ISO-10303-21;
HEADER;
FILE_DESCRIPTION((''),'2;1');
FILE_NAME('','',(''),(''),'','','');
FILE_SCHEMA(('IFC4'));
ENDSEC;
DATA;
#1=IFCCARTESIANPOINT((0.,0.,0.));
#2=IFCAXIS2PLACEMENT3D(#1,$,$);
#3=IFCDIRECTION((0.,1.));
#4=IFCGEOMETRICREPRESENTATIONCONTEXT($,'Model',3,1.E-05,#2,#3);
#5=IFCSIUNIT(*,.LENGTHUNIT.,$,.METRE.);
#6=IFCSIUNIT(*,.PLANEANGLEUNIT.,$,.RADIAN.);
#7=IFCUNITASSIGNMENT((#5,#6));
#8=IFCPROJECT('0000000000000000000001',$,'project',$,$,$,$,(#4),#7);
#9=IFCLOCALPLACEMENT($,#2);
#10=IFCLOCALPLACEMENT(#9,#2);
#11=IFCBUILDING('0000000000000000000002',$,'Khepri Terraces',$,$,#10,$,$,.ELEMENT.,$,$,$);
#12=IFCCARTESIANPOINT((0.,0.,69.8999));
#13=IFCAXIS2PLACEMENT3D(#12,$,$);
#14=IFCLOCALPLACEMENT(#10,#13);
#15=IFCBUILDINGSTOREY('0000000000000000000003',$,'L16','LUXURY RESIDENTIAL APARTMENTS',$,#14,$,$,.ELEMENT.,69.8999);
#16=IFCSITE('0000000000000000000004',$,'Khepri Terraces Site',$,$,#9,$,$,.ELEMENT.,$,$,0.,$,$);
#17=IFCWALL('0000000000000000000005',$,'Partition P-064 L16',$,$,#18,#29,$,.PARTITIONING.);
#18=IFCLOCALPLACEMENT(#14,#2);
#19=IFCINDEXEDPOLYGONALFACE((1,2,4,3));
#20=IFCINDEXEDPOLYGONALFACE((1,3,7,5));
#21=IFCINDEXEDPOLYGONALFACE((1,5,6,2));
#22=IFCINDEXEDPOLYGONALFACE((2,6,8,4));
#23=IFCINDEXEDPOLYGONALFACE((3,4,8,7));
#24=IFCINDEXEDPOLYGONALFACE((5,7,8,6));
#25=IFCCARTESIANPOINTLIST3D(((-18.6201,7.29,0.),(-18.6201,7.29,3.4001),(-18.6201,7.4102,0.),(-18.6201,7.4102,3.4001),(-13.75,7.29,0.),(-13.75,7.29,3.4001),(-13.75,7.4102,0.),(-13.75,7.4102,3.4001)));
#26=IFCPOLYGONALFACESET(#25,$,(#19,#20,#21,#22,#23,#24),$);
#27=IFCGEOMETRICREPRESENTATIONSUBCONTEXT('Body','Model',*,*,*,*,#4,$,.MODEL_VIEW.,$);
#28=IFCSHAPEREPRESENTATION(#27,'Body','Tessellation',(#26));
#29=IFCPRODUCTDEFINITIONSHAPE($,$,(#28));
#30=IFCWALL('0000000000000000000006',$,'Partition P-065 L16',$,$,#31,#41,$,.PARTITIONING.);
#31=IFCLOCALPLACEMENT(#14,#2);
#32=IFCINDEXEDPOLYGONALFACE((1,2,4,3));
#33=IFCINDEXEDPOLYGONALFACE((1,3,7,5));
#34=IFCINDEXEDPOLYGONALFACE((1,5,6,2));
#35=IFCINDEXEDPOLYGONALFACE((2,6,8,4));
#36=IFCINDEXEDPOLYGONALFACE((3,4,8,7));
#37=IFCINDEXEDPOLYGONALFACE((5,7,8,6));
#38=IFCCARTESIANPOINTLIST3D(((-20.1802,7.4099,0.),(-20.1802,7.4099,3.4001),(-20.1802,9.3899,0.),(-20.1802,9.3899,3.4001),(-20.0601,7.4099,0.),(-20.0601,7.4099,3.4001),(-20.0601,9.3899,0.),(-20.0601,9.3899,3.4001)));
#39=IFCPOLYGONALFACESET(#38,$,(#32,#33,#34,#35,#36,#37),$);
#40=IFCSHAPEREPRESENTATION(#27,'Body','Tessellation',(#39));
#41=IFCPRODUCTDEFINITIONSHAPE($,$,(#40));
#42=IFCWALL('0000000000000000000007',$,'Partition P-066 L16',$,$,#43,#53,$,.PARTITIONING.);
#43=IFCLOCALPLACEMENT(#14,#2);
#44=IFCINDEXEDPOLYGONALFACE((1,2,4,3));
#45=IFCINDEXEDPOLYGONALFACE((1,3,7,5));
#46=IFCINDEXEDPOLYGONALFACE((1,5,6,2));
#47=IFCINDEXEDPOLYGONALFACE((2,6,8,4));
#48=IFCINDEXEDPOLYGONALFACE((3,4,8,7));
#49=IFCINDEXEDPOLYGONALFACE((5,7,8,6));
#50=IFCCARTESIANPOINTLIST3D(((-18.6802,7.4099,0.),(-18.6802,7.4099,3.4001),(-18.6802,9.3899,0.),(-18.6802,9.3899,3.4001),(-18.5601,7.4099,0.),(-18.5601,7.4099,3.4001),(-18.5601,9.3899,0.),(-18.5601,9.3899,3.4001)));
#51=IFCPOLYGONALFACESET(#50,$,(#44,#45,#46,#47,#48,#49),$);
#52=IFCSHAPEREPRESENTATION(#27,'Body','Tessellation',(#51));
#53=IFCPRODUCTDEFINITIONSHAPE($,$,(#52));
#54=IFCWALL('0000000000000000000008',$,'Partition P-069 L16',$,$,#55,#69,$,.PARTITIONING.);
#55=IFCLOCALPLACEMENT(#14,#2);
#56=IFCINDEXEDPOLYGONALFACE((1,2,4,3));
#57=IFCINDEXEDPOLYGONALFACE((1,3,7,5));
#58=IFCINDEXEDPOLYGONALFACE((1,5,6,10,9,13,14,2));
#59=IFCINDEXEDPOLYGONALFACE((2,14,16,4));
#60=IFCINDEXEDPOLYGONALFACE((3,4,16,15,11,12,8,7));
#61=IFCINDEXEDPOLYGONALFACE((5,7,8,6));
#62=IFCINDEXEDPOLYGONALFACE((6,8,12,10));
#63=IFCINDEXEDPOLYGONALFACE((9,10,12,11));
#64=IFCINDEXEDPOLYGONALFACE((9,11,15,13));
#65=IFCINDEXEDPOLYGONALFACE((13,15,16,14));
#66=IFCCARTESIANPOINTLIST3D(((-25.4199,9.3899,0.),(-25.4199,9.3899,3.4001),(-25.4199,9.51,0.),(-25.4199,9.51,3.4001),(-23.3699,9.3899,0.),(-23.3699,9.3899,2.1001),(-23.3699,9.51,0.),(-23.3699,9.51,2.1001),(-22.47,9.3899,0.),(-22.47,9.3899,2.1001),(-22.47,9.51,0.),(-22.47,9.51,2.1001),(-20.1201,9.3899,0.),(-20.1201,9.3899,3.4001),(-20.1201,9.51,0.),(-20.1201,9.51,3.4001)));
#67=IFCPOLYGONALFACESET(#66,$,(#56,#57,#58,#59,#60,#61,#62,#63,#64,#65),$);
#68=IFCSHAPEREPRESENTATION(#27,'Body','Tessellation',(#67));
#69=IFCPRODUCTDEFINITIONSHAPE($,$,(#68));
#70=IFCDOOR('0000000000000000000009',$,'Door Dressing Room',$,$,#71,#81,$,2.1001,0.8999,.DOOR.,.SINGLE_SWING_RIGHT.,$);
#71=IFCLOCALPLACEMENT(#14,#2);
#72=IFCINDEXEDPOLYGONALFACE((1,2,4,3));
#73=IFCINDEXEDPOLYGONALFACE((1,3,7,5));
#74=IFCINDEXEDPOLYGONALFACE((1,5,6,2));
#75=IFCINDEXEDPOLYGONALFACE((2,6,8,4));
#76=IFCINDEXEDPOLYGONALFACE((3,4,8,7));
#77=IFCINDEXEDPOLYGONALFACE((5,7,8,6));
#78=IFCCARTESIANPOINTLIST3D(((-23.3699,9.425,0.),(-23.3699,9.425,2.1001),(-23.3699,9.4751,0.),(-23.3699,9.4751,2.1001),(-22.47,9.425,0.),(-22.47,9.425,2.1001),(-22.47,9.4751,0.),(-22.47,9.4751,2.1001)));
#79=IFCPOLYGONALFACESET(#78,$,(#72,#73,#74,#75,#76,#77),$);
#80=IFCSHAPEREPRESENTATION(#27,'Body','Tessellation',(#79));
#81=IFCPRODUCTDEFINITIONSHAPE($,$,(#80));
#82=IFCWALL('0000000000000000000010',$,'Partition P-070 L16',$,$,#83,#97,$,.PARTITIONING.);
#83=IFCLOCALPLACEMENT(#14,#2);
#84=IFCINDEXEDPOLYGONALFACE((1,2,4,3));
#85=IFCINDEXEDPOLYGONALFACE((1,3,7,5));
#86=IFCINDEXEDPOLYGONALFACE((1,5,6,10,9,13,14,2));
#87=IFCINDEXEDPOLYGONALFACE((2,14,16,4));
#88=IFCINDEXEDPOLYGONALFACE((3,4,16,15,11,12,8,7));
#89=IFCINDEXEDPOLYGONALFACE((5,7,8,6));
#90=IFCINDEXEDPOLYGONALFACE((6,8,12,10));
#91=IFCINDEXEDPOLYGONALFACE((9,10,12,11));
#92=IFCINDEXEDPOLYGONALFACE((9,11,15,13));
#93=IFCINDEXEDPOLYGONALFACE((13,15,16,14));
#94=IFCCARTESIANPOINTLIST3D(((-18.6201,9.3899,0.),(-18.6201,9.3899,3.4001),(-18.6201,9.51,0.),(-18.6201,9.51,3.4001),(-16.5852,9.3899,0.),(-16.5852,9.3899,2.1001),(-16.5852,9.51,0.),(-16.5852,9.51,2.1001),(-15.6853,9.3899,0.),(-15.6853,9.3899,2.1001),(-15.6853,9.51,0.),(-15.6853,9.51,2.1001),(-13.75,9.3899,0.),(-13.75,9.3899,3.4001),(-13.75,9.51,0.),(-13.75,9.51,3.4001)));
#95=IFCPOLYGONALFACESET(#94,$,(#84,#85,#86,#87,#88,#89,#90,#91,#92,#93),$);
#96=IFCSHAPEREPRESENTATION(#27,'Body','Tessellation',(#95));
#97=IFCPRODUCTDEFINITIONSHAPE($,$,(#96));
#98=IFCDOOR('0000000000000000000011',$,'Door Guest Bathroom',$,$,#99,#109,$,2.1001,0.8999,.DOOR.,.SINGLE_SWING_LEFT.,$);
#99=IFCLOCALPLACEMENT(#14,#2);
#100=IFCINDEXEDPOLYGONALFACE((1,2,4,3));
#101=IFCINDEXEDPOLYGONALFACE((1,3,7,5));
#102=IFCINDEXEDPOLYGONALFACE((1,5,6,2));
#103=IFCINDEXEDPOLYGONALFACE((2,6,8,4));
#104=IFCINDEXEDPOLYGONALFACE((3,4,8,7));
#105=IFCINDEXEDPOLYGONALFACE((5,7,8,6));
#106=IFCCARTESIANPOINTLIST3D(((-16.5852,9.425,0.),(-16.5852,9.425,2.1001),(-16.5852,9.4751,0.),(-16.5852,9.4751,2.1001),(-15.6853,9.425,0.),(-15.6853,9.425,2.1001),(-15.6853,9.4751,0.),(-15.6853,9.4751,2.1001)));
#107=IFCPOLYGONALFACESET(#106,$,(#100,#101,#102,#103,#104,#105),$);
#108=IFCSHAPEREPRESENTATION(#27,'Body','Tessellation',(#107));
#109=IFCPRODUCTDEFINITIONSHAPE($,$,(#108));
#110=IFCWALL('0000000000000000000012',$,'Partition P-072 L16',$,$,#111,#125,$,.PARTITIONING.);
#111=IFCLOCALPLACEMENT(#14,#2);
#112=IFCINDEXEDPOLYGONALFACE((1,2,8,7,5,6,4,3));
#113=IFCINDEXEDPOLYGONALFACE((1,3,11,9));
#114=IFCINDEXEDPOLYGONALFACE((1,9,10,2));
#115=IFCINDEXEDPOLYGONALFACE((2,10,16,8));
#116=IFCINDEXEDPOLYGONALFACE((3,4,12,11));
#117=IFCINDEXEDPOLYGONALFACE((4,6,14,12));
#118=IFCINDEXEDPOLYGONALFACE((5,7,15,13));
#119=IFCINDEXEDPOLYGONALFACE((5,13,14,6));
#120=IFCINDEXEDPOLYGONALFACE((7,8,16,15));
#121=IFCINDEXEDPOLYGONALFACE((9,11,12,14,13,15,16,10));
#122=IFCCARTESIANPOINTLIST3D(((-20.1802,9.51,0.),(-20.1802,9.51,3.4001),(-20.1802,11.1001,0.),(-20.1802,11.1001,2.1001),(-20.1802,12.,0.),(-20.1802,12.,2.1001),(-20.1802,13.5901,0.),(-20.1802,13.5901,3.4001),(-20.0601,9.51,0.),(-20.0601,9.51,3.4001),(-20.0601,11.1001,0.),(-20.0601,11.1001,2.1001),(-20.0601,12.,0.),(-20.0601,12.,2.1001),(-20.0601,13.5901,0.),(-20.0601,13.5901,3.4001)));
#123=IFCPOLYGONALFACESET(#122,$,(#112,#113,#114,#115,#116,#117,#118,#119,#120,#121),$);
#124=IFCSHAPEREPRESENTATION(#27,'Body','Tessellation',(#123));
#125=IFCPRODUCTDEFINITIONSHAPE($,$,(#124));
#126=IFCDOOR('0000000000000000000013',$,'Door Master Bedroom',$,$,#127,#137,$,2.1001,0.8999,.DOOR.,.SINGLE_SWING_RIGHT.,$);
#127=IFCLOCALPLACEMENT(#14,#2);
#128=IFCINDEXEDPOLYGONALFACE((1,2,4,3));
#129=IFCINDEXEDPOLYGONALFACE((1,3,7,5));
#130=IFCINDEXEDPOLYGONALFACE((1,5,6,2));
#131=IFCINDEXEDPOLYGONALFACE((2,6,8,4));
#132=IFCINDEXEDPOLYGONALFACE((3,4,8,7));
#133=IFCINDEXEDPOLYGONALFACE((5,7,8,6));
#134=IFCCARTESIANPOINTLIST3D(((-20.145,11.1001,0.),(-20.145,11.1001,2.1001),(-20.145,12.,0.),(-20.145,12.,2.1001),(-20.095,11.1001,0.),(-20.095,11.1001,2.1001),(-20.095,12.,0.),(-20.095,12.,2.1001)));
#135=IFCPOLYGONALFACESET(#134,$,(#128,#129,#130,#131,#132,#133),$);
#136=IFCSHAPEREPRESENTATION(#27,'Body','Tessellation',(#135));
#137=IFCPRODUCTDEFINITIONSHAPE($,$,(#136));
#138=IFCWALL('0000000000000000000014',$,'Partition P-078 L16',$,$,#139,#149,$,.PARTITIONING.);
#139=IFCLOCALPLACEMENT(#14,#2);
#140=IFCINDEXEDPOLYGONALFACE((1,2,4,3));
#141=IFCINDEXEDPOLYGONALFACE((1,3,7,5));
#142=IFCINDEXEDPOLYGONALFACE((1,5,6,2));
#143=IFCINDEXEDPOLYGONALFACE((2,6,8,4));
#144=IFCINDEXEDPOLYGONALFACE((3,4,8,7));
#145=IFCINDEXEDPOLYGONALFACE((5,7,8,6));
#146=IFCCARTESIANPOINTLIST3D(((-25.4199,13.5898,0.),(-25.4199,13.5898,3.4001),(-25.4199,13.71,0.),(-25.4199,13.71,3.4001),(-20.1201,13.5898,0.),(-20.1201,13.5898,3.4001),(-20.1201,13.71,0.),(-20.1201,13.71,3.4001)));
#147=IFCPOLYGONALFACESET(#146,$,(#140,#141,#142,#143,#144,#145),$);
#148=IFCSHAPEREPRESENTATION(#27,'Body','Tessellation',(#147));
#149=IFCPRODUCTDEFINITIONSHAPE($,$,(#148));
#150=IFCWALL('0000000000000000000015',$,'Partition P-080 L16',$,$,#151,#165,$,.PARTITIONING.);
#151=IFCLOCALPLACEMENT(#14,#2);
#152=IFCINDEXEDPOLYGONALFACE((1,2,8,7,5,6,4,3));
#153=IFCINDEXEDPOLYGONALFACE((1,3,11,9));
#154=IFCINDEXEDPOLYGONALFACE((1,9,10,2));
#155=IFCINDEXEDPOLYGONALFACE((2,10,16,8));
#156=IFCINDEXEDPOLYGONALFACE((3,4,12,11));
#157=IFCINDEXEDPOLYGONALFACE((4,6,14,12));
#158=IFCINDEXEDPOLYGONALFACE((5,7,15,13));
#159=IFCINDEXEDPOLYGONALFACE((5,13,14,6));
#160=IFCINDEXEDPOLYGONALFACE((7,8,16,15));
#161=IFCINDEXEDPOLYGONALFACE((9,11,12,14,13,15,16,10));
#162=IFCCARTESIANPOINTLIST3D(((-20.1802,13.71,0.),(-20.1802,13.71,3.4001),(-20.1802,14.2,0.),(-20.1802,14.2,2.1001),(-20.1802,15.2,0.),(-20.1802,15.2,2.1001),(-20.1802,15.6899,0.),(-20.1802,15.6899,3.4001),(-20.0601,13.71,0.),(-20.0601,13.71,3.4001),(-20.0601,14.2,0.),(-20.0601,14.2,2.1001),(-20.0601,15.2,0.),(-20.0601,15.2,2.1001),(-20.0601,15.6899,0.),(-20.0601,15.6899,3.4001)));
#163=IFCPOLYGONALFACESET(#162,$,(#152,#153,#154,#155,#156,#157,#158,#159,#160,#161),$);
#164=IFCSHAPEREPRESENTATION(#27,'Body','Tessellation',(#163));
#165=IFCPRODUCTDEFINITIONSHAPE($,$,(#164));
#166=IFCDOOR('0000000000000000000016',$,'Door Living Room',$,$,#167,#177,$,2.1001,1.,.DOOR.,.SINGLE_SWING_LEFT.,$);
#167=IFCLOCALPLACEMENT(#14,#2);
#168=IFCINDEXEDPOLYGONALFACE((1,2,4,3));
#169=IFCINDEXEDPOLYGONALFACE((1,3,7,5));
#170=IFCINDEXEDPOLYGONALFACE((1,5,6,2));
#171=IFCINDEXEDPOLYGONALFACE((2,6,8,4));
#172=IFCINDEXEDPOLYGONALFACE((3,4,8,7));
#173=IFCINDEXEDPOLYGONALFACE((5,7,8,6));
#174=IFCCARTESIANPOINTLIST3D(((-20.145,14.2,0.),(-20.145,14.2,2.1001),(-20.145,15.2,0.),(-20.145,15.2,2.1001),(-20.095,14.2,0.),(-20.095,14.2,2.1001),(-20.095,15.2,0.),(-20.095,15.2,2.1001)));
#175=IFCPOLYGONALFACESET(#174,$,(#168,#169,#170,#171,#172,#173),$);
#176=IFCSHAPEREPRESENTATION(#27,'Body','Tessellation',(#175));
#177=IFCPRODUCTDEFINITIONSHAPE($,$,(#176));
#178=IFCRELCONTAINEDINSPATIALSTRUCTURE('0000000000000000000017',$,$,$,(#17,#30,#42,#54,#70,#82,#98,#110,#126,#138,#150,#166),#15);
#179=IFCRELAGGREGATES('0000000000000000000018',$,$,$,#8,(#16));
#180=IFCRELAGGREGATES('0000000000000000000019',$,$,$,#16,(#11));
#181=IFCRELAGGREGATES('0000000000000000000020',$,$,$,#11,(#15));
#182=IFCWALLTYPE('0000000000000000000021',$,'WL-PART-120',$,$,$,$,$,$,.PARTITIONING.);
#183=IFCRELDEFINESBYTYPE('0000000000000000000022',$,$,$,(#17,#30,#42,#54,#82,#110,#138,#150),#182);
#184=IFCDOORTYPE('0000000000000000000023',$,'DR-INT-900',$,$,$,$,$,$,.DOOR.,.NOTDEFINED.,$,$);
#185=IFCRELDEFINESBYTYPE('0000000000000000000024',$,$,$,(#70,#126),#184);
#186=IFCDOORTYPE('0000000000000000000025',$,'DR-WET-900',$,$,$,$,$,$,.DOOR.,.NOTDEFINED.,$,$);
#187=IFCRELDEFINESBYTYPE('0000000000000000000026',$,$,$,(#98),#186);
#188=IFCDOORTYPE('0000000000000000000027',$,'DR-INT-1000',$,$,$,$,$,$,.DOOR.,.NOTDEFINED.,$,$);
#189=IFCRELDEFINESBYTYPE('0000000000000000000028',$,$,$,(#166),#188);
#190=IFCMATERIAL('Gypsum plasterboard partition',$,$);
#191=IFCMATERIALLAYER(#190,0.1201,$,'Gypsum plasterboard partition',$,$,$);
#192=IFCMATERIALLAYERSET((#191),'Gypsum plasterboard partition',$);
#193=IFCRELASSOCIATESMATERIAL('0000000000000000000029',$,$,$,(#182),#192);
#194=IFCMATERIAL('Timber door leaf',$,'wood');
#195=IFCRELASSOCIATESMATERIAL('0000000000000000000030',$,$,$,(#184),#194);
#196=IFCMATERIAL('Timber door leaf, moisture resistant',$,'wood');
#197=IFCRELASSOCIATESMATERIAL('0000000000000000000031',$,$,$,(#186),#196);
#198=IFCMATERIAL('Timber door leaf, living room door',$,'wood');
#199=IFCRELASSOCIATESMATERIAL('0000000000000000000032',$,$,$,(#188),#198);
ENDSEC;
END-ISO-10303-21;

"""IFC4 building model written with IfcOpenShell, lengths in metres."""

from ifc_helpers import new_model, si_unit, direction, frame, frame_2d, origin, place, context, subcontext, project, spatial, rectangle, extrude, material, layer, layer_set, type_object, element, fill, save


model = new_model("IFC4")

# Units and contexts
model_context = context("Model", 3, precision=1e-05, world=origin(), true_north=direction((0.0, 1.0)))
body_context = subcontext(model_context, "Body", "Model", "MODEL_VIEW")
ifc_project = project(units=[si_unit("LENGTHUNIT", "METRE"), si_unit("PLANEANGLEUNIT", "RADIAN")], contexts=[model_context])

# Site, building, storey
site_placement = place(None, origin())
site = spatial("IfcSite", under=ifc_project, at=site_placement, Name="Khepri Terraces Site", CompositionType="ELEMENT", RefElevation=0.0)
building_placement = place(site_placement, origin())
building = spatial("IfcBuilding", under=site, at=building_placement, Name="Khepri Terraces", CompositionType="ELEMENT")
storey_placement = place(building_placement, frame((0.0, 0.0, 69.8999)))
storey = spatial("IfcBuildingStorey", under=building, at=storey_placement, Name="L16", Description="LUXURY RESIDENTIAL APARTMENTS", CompositionType="ELEMENT", Elevation=69.8999)

# Shared definitions
ifc_material_1 = material(Name="Gypsum plasterboard partition")
ifc_layer_1 = layer(ifc_material_1, 0.1201, Name="Gypsum plasterboard partition")
ifc_layer_set_1 = layer_set([ifc_layer_1], Name="Gypsum plasterboard partition")
wall_type_1 = type_object("IfcWallType", Name="WL-PART-120", PredefinedType="PARTITIONING", material=ifc_layer_set_1)

# Shared definitions
ifc_material_2 = material(Name="Timber door leaf", Category="wood")
door_type_1 = type_object("IfcDoorType", Name="DR-INT-900", OperationType="NOTDEFINED", PredefinedType="DOOR", material=ifc_material_2)
ifc_material_3 = material(Name="Timber door leaf, moisture resistant", Category="wood")
door_type_2 = type_object("IfcDoorType", Name="DR-WET-900", OperationType="NOTDEFINED", PredefinedType="DOOR", material=ifc_material_3)

# Walls
wall_1_placement = place(storey_placement, frame((-18.6201, 7.3501, 0.0), z_axis=(0.0, 0.0, 1.0), x_axis=(1.0, 0.0, 0.0)))
element("IfcWall", 1, at=wall_1_placement, inside=storey, type_object=wall_type_1, Name="Partition P-064 L16", PredefinedType="PARTITIONING", context=body_context, shape_type="SweptSolid", body=[
    extrude(rectangle(XDim=4.8701, YDim=0.1201, at=frame_2d((2.4351, 0.0))), origin(), (0.0, 0.0, 1.0), 3.4001),
])
for number, where, z_axis, x_axis, name in (
    (2, (-20.1201, 7.4099, 0.0), (0.0, 0.0, 1.0), (0.0, 1.0, 0.0), "Partition P-065 L16"),
    (3, (-18.6201, 7.4099, 0.0), (0.0, 0.0, 1.0), (0.0, 1.0, 0.0), "Partition P-066 L16"),
):
    element("IfcWall", number, at=place(storey_placement, frame(where, z_axis=z_axis, x_axis=x_axis)), inside=storey, type_object=wall_type_1, Name=name, PredefinedType="PARTITIONING", context=body_context, shape_type="SweptSolid", body=[
        extrude(rectangle(XDim=1.98, YDim=0.1201, at=frame_2d((0.99, 0.0))), origin(), (0.0, 0.0, 1.0), 3.4001),
    ])

# Walls, openings, doors
wall_2_placement = place(storey_placement, frame((-25.4199, 9.45, 0.0), z_axis=(0.0, 0.0, 1.0), x_axis=(1.0, 0.0, 0.0)))
wall_2 = element("IfcWall", 4, at=wall_2_placement, inside=storey, type_object=wall_type_1, Name="Partition P-069 L16", PredefinedType="PARTITIONING", context=body_context, shape_type="SweptSolid", body=[
    extrude(rectangle(XDim=5.2998, YDim=0.1201, at=frame_2d((2.6499, 0.0))), origin(), (0.0, 0.0, 1.0), 3.4001),
])
opening_1_placement = place(wall_2_placement, frame((2.05, 0.0, 0.0)))
opening_1 = element("IfcOpeningElement", 5, at=opening_1_placement, cuts=wall_2, PredefinedType="OPENING", context=body_context, shape_type="SweptSolid", body=[
    extrude(rectangle(XDim=0.8999, YDim=2.1001, at=frame_2d((0.45, 1.05))), frame((0.0, 0.0701, 0.0), z_axis=(0.0, -1.0, 0.0), x_axis=(1.0, 0.0, 0.0)), (0.0, 0.0, 1.0), 0.1401),
])
door_1_placement = place(opening_1_placement, frame((0.8999, 0.0, 0.0), z_axis=(0.0, 0.0, 1.0), x_axis=(-1.0, 0.0, 0.0)))
door_1 = element("IfcDoor", 6, at=door_1_placement, inside=storey, type_object=door_type_1, Name="Door Dressing Room", OperationType="SINGLE_SWING_RIGHT", OverallHeight=2.1001, OverallWidth=0.8999, PredefinedType="DOOR", context=body_context, shape_type="SweptSolid", body=[
    extrude(rectangle(XDim=0.8999, YDim=2.1001, at=frame_2d((0.45, 1.05))), frame((0.0, 0.0249, 0.0), z_axis=(0.0, -1.0, 0.0), x_axis=(1.0, 0.0, 0.0)), (0.0, 0.0, 1.0), 0.05),
])
fill(opening_1, door_1)
wall_3_placement = place(storey_placement, frame((-18.6201, 9.45, 0.0), z_axis=(0.0, 0.0, 1.0), x_axis=(1.0, 0.0, 0.0)))
wall_3 = element("IfcWall", 7, at=wall_3_placement, inside=storey, type_object=wall_type_1, Name="Partition P-070 L16", PredefinedType="PARTITIONING", context=body_context, shape_type="SweptSolid", body=[
    extrude(rectangle(XDim=4.8701, YDim=0.1201, at=frame_2d((2.4351, 0.0))), origin(), (0.0, 0.0, 1.0), 3.4001),
])
opening_2_placement = place(wall_3_placement, frame((2.0349, 0.0, 0.0)))
opening_2 = element("IfcOpeningElement", 8, at=opening_2_placement, cuts=wall_3, PredefinedType="OPENING", context=body_context, shape_type="SweptSolid", body=[
    extrude(rectangle(XDim=0.8999, YDim=2.1001, at=frame_2d((0.45, 1.05))), frame((0.0, 0.0701, 0.0), z_axis=(0.0, -1.0, 0.0), x_axis=(1.0, 0.0, 0.0)), (0.0, 0.0, 1.0), 0.1401),
])
door_2_placement = place(opening_2_placement, frame((0.8999, 0.0, 0.0), z_axis=(0.0, 0.0, 1.0), x_axis=(-1.0, 0.0, 0.0)))
door_2 = element("IfcDoor", 9, at=door_2_placement, inside=storey, type_object=door_type_2, Name="Door Guest Bathroom", OperationType="SINGLE_SWING_LEFT", OverallHeight=2.1001, OverallWidth=0.8999, PredefinedType="DOOR", context=body_context, shape_type="SweptSolid", body=[
    extrude(rectangle(XDim=0.8999, YDim=2.1001, at=frame_2d((0.45, 1.05))), frame((0.0, 0.0249, 0.0), z_axis=(0.0, -1.0, 0.0), x_axis=(1.0, 0.0, 0.0)), (0.0, 0.0, 1.0), 0.05),
])
fill(opening_2, door_2)
wall_4_placement = place(storey_placement, frame((-20.1201, 9.51, 0.0), z_axis=(0.0, 0.0, 1.0), x_axis=(0.0, 1.0, 0.0)))
wall_4 = element("IfcWall", 10, at=wall_4_placement, inside=storey, type_object=wall_type_1, Name="Partition P-072 L16", PredefinedType="PARTITIONING", context=body_context, shape_type="SweptSolid", body=[
    extrude(rectangle(XDim=4.0801, YDim=0.1201, at=frame_2d((2.04, 0.0))), origin(), (0.0, 0.0, 1.0), 3.4001),
])
opening_3_placement = place(wall_4_placement, frame((1.5901, 0.0, 0.0)))
opening_3 = element("IfcOpeningElement", 11, at=opening_3_placement, cuts=wall_4, PredefinedType="OPENING", context=body_context, shape_type="SweptSolid", body=[
    extrude(rectangle(XDim=0.8999, YDim=2.1001, at=frame_2d((0.45, 1.05))), frame((0.0, 0.0701, 0.0), z_axis=(0.0, -1.0, 0.0), x_axis=(1.0, 0.0, 0.0)), (0.0, 0.0, 1.0), 0.1401),
])
door_3_placement = place(opening_3_placement, origin())
door_3 = element("IfcDoor", 12, at=door_3_placement, inside=storey, type_object=door_type_1, Name="Door Master Bedroom", OperationType="SINGLE_SWING_RIGHT", OverallHeight=2.1001, OverallWidth=0.8999, PredefinedType="DOOR", context=body_context, shape_type="SweptSolid", body=[
    extrude(rectangle(XDim=0.8999, YDim=2.1001, at=frame_2d((0.45, 1.05))), frame((0.0, 0.0249, 0.0), z_axis=(0.0, -1.0, 0.0), x_axis=(1.0, 0.0, 0.0)), (0.0, 0.0, 1.0), 0.05),
])
fill(opening_3, door_3)

# Wall
wall_5_placement = place(storey_placement, frame((-25.4199, 13.6499, 0.0), z_axis=(0.0, 0.0, 1.0), x_axis=(1.0, 0.0, 0.0)))
element("IfcWall", 13, at=wall_5_placement, inside=storey, type_object=wall_type_1, Name="Partition P-078 L16", PredefinedType="PARTITIONING", context=body_context, shape_type="SweptSolid", body=[
    extrude(rectangle(XDim=5.2998, YDim=0.1201, at=frame_2d((2.6499, 0.0))), origin(), (0.0, 0.0, 1.0), 3.4001),
])

# Wall, opening, door
wall_6_placement = place(storey_placement, frame((-20.1201, 13.71, 0.0), z_axis=(0.0, 0.0, 1.0), x_axis=(0.0, 1.0, 0.0)))
wall_6 = element("IfcWall", 14, at=wall_6_placement, inside=storey, type_object=wall_type_1, Name="Partition P-080 L16", PredefinedType="PARTITIONING", context=body_context, shape_type="SweptSolid", body=[
    extrude(rectangle(XDim=1.98, YDim=0.1201, at=frame_2d((0.99, 0.0))), origin(), (0.0, 0.0, 1.0), 3.4001),
])
opening_4_placement = place(wall_6_placement, frame((0.49, 0.0, 0.0)))
opening_4 = element("IfcOpeningElement", 15, at=opening_4_placement, cuts=wall_6, PredefinedType="OPENING", context=body_context, shape_type="SweptSolid", body=[
    extrude(rectangle(XDim=1.0, YDim=2.1001, at=frame_2d((0.5, 1.05))), frame((0.0, 0.0701, 0.0), z_axis=(0.0, -1.0, 0.0), x_axis=(1.0, 0.0, 0.0)), (0.0, 0.0, 1.0), 0.1401),
])
ifc_material_4 = material(Name="Timber door leaf, living room door", Category="wood")
door_type_3 = type_object("IfcDoorType", Name="DR-INT-1000", OperationType="NOTDEFINED", PredefinedType="DOOR", material=ifc_material_4)
door_4_placement = place(opening_4_placement, origin())
door_4 = element("IfcDoor", 16, at=door_4_placement, inside=storey, type_object=door_type_3, Name="Door Living Room", OperationType="SINGLE_SWING_LEFT", OverallHeight=2.1001, OverallWidth=1.0, PredefinedType="DOOR", context=body_context, shape_type="SweptSolid", body=[
    extrude(rectangle(XDim=1.0, YDim=2.1001, at=frame_2d((0.5, 1.05))), frame((0.0, 0.0249, 0.0), z_axis=(0.0, -1.0, 0.0), x_axis=(1.0, 0.0, 0.0)), (0.0, 0.0, 1.0), 0.05),
])
fill(opening_4, door_4)

save(model, "model.ifc")
